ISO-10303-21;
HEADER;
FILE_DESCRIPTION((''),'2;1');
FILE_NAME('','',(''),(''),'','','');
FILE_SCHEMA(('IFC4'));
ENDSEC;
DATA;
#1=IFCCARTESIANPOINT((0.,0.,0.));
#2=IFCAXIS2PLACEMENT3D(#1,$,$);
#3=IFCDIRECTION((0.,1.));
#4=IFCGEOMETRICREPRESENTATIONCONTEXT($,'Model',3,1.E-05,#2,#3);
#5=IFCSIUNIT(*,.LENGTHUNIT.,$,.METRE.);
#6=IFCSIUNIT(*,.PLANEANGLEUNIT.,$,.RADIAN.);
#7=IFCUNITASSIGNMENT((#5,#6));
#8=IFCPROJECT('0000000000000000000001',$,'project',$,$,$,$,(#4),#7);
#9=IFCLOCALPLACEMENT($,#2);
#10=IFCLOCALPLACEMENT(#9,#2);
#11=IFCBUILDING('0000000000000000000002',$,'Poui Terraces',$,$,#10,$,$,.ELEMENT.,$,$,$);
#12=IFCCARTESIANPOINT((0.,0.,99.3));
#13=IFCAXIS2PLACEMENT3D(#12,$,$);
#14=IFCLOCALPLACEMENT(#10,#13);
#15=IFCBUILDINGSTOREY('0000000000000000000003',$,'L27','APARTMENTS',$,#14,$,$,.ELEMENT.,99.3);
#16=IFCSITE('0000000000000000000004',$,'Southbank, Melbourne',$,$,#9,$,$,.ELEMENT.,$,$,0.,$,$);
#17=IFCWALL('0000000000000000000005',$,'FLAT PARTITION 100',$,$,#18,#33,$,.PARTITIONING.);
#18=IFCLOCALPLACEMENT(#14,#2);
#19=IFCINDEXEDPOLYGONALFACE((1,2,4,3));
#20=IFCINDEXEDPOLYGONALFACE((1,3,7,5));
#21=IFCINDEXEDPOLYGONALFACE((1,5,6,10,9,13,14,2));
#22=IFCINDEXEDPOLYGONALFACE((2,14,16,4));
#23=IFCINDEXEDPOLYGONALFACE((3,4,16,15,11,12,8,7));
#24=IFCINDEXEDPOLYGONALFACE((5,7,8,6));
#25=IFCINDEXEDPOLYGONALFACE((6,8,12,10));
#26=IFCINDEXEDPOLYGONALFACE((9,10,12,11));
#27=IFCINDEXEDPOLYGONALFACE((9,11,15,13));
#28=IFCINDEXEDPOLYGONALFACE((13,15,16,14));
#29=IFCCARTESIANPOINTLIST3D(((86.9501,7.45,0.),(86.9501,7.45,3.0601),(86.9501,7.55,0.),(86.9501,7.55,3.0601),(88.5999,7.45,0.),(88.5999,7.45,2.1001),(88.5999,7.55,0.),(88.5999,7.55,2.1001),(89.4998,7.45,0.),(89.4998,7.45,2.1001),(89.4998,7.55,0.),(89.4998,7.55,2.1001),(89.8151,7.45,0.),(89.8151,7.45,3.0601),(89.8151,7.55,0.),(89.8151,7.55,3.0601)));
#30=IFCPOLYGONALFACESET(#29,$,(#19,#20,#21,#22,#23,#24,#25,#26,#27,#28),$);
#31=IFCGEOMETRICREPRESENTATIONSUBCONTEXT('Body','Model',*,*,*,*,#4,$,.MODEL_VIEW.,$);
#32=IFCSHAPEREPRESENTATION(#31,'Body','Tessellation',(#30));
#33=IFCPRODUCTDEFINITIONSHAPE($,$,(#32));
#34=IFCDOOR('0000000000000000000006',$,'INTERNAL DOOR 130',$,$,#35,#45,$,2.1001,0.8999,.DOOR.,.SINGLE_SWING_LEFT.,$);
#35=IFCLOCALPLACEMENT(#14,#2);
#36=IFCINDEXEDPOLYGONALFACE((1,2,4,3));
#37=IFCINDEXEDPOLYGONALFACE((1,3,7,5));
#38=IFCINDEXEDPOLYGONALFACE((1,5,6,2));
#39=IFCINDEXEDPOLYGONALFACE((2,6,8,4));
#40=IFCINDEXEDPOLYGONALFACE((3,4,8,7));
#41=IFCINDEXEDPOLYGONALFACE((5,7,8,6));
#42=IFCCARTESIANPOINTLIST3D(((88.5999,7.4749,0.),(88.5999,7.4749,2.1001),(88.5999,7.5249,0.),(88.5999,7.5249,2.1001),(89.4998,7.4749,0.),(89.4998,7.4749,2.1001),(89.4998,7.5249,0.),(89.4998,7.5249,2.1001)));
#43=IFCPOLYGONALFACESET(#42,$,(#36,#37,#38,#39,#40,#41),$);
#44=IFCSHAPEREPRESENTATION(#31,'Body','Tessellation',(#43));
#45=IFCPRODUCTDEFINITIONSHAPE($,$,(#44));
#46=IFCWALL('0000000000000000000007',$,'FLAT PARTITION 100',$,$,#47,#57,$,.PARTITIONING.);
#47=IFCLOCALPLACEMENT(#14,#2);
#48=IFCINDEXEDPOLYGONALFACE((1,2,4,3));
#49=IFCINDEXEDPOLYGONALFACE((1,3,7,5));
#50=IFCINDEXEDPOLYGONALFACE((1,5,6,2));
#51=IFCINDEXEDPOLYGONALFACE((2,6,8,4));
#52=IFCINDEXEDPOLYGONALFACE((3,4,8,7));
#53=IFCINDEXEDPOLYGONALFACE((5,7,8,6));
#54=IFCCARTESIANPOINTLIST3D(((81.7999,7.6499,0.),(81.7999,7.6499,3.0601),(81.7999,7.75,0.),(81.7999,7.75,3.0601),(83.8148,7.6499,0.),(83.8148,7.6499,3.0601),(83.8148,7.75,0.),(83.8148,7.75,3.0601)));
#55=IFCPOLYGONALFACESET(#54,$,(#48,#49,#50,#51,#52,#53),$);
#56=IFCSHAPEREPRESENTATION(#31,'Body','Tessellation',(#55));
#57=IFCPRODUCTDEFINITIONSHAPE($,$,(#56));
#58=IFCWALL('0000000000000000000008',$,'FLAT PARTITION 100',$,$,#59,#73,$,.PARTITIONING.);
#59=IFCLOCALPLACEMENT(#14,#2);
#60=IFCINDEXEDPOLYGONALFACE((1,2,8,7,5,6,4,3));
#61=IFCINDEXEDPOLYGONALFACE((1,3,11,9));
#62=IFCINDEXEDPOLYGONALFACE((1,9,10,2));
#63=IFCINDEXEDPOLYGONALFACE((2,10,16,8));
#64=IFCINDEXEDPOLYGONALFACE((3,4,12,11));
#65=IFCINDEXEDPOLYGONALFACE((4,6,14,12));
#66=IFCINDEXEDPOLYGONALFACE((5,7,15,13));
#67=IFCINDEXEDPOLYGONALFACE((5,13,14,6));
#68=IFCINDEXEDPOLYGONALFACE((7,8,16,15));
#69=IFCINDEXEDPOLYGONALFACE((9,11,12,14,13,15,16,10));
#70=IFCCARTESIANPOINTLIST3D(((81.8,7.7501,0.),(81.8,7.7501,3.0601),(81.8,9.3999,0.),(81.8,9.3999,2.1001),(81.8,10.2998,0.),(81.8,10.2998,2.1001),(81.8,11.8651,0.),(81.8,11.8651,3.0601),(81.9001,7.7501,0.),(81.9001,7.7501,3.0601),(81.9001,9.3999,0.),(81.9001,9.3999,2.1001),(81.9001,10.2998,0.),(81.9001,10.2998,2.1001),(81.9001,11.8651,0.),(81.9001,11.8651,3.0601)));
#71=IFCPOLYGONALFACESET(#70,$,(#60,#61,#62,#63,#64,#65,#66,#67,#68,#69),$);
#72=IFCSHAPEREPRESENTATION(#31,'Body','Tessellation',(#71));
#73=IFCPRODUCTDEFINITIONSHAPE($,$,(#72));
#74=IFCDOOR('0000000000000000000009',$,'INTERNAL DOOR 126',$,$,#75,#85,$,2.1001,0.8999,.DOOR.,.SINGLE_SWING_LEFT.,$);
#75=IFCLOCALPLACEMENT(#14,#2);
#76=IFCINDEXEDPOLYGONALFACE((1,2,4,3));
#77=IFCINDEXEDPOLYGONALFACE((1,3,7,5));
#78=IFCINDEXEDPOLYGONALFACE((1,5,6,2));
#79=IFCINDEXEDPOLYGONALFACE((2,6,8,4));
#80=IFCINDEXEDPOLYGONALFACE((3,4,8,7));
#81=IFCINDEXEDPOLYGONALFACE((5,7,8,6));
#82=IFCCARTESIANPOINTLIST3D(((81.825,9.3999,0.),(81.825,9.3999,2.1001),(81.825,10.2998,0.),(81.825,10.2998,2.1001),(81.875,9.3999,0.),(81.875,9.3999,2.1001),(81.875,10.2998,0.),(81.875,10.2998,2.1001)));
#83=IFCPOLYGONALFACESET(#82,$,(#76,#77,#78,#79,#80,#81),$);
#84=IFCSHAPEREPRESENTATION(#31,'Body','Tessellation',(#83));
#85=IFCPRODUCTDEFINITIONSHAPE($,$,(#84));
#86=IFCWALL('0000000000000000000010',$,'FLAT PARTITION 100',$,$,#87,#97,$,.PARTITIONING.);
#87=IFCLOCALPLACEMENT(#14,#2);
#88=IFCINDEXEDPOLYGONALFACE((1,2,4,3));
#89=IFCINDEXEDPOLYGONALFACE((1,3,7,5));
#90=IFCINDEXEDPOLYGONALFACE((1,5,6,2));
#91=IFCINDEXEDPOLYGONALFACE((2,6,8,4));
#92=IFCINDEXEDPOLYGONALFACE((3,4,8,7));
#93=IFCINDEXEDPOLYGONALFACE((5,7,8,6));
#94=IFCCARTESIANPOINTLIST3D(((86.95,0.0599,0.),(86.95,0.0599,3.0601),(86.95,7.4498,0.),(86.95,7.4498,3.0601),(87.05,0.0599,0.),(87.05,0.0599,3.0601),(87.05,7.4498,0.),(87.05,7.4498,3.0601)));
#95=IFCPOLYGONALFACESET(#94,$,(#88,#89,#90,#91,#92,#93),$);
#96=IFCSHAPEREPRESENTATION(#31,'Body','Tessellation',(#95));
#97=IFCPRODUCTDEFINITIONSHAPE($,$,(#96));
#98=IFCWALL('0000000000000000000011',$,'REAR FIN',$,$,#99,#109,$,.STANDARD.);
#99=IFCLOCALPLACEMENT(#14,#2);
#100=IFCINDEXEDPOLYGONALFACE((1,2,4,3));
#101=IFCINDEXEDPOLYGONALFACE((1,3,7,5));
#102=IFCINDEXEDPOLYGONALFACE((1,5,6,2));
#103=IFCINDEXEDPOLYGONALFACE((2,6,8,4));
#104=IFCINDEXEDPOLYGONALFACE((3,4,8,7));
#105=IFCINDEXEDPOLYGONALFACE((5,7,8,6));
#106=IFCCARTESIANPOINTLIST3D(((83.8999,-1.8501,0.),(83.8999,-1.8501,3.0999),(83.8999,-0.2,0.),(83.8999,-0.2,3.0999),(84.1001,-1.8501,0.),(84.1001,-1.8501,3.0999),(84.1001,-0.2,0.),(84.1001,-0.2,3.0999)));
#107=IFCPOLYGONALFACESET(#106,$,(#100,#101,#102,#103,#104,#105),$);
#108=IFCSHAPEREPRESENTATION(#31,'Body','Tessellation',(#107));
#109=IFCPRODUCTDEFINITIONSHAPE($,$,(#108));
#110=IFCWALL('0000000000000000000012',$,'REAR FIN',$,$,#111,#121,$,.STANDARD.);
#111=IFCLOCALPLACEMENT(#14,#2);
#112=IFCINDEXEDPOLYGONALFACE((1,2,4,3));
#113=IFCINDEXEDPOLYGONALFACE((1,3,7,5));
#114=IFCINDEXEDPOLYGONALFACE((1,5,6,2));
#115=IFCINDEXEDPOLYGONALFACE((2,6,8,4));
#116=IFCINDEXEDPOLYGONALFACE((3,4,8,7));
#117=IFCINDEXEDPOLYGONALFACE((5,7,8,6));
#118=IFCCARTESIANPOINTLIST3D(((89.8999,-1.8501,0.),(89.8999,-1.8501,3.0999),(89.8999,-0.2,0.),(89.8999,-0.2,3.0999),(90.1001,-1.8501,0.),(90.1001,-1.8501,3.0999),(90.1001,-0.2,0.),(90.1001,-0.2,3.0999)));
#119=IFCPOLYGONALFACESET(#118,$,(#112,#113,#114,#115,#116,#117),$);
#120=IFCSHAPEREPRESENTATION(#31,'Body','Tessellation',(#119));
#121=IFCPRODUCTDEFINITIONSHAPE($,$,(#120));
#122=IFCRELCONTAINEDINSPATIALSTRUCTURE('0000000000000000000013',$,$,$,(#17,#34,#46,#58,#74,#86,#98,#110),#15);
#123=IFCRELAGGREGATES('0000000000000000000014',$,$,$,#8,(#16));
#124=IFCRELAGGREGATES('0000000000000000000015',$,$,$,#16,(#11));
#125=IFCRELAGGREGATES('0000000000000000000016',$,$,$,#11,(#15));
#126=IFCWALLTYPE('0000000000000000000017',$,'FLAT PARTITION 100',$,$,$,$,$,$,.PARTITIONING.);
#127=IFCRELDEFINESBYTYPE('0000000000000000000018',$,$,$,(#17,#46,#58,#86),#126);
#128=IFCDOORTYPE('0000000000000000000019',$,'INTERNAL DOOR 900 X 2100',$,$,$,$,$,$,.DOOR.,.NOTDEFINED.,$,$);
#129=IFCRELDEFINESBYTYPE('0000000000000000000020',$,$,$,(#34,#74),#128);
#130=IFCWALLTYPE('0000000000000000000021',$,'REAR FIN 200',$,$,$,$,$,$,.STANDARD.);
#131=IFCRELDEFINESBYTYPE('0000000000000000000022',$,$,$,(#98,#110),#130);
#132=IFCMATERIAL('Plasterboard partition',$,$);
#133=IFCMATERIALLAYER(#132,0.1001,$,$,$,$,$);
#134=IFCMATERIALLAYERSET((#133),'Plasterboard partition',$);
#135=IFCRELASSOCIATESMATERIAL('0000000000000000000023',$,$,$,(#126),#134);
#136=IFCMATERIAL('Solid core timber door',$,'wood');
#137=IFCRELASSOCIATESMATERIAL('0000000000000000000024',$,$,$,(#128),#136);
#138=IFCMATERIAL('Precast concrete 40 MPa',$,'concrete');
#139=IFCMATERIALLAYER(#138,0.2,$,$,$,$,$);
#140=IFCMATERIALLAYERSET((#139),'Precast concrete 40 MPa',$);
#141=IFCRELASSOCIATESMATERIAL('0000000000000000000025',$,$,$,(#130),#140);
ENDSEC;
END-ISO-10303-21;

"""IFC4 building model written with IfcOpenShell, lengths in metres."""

from ifc_helpers import new_model, si_unit, direction, frame, frame_2d, origin, place, context, subcontext, project, spatial, polyline, rectangle, outline, extrude, source, transform, mapped, material, layer, layer_set, type_object, element, fill, save


model = new_model("IFC4")

# Units and contexts
model_context = context("Model", 3, precision=1e-05, world=origin(), true_north=direction((0.0, 1.0)))
body_context = subcontext(model_context, "Body", "Model", "MODEL_VIEW")
ifc_project = project(units=[si_unit("LENGTHUNIT", "METRE"), si_unit("PLANEANGLEUNIT", "RADIAN")], contexts=[model_context])

# Site, building, storey
site_placement = place(None, origin())
site = spatial("IfcSite", under=ifc_project, at=site_placement, Name="Southbank, Melbourne", CompositionType="ELEMENT", RefElevation=0.0)
building_placement = place(site_placement, origin())
building = spatial("IfcBuilding", under=site, at=building_placement, Name="Poui Terraces", CompositionType="ELEMENT")
storey_placement = place(building_placement, frame((0.0, 0.0, 99.3)))
storey = spatial("IfcBuildingStorey", under=building, at=storey_placement, Name="L27", Description="APARTMENTS", CompositionType="ELEMENT", Elevation=99.3)

# Shared definitions
ifc_material_1 = material(Name="Precast concrete 40 MPa", Category="concrete")

# Wall, opening, door
ifc_material_2 = material(Name="Plasterboard partition")
ifc_layer_1 = layer(ifc_material_2, 0.1001)
ifc_layer_set_1 = layer_set([ifc_layer_1], Name="Plasterboard partition")
wall_type_1 = type_object("IfcWallType", Name="FLAT PARTITION 100", PredefinedType="PARTITIONING", material=ifc_layer_set_1)
wall_1_placement = place(storey_placement, frame((86.95, 7.5, 0.0), z_axis=(0.0, 0.0, 1.0), x_axis=(1.0, 0.0, 0.0)))
wall_1 = element("IfcWall", 1, at=wall_1_placement, inside=storey, type_object=wall_type_1, Name="FLAT PARTITION 100", PredefinedType="PARTITIONING", context=body_context, shape_type="SweptSolid", body=[
    extrude(rectangle(XDim=2.865, YDim=0.1001, at=frame_2d((1.4326, 0.0))), origin(), (0.0, 0.0, 1.0), 3.0601),
])
opening_1_placement = place(wall_1_placement, frame((1.6499, 0.0, 0.0)))
opening_1 = element("IfcOpeningElement", 2, at=opening_1_placement, cuts=wall_1, PredefinedType="OPENING", context=body_context, shape_type="SweptSolid", body=[
    extrude(rectangle(XDim=0.8999, YDim=2.1001, at=frame_2d((0.45, 1.05))), frame((0.0, 0.0601, 0.0), z_axis=(0.0, -1.0, 0.0), x_axis=(1.0, 0.0, 0.0)), (0.0, 0.0, 1.0), 0.1201),
])
ifc_material_3 = material(Name="Solid core timber door", Category="wood")
door_type = type_object("IfcDoorType", Name="INTERNAL DOOR 900 X 2100", OperationType="NOTDEFINED", PredefinedType="DOOR", material=ifc_material_3)
door_1_placement = place(opening_1_placement, origin())
door_1 = element("IfcDoor", 3, at=door_1_placement, inside=storey, type_object=door_type, Name="INTERNAL DOOR 130", OperationType="SINGLE_SWING_LEFT", OverallHeight=2.1001, OverallWidth=0.8999, PredefinedType="DOOR", context=body_context, shape_type="SweptSolid", body=[
    extrude(rectangle(XDim=0.8999, YDim=2.1001, at=frame_2d((0.45, 1.05))), frame((0.0, 0.0249, 0.0), z_axis=(0.0, -1.0, 0.0), x_axis=(1.0, 0.0, 0.0)), (0.0, 0.0, 1.0), 0.05),
])
fill(opening_1, door_1)

# Wall
wall_2_placement = place(storey_placement, frame((81.8, 7.7, 0.0), z_axis=(0.0, 0.0, 1.0), x_axis=(1.0, 0.0, 0.0)))
element("IfcWall", 4, at=wall_2_placement, inside=storey, type_object=wall_type_1, Name="FLAT PARTITION 100", PredefinedType="PARTITIONING", context=body_context, shape_type="SweptSolid", body=[
    extrude(rectangle(XDim=2.0149, YDim=0.1001, at=frame_2d((1.0073, 0.0))), origin(), (0.0, 0.0, 1.0), 3.0601),
])

# Wall, opening, door
wall_3_placement = place(storey_placement, frame((81.8501, 7.75, 0.0), z_axis=(0.0, 0.0, 1.0), x_axis=(0.0, 1.0, 0.0)))
wall_3 = element("IfcWall", 5, at=wall_3_placement, inside=storey, type_object=wall_type_1, Name="FLAT PARTITION 100", PredefinedType="PARTITIONING", context=body_context, shape_type="SweptSolid", body=[
    extrude(rectangle(XDim=4.115, YDim=0.1001, at=frame_2d((2.0576, 0.0))), origin(), (0.0, 0.0, 1.0), 3.0601),
])
opening_2_placement = place(wall_3_placement, frame((1.6499, 0.0, 0.0)))
opening_2 = element("IfcOpeningElement", 6, at=opening_2_placement, cuts=wall_3, PredefinedType="OPENING", context=body_context, shape_type="SweptSolid", body=[
    extrude(rectangle(XDim=0.8999, YDim=2.1001, at=frame_2d((0.45, 1.05))), frame((0.0, 0.0601, 0.0), z_axis=(0.0, -1.0, 0.0), x_axis=(1.0, 0.0, 0.0)), (0.0, 0.0, 1.0), 0.1201),
])
door_2_placement = place(opening_2_placement, frame((0.8999, 0.0, 0.0), z_axis=(0.0, 0.0, 1.0), x_axis=(-1.0, 0.0, 0.0)))
door_2 = element("IfcDoor", 7, at=door_2_placement, inside=storey, type_object=door_type, Name="INTERNAL DOOR 126", OperationType="SINGLE_SWING_LEFT", OverallHeight=2.1001, OverallWidth=0.8999, PredefinedType="DOOR", context=body_context, shape_type="SweptSolid", body=[
    extrude(rectangle(XDim=0.8999, YDim=2.1001, at=frame_2d((0.45, 1.05))), frame((0.0, 0.0249, 0.0), z_axis=(0.0, -1.0, 0.0), x_axis=(1.0, 0.0, 0.0)), (0.0, 0.0, 1.0), 0.05),
])
fill(opening_2, door_2)

# Walls
wall_4_placement = place(storey_placement, frame((87.0, 0.0601, 0.0), z_axis=(0.0, 0.0, 1.0), x_axis=(0.0, 1.0, 0.0)))
element("IfcWall", 8, at=wall_4_placement, inside=storey, type_object=wall_type_1, Name="FLAT PARTITION 100", PredefinedType="PARTITIONING", context=body_context, shape_type="SweptSolid", body=[
    extrude(rectangle(XDim=7.3899, YDim=0.1001, at=frame_2d((3.6948, 0.0))), origin(), (0.0, 0.0, 1.0), 3.0601),
])
ifc_layer_2 = layer(ifc_material_1, 0.2)
ifc_layer_set_2 = layer_set([ifc_layer_2], Name="Precast concrete 40 MPa")
wall_type_2 = type_object("IfcWallType", Name="REAR FIN 200", PredefinedType="STANDARD", material=ifc_layer_set_2)
shared_shape_1 = source(origin(), body_context, "Body", "SweptSolid", [
    extrude(outline(polyline([(0.0, 0.0), (0.2002, 0.0), (0.2002, 1.6501), (0.0, 1.6501), (0.0, 0.0)])), origin(), (0.0, 0.0, 1.0), 3.0999),
])
for number, where, name in (
    (9, (83.8999, -1.8501, 0.0), "REAR FIN"),
    (10, (89.8999, -1.8501, 0.0), "REAR FIN"),
):
    element("IfcWall", number, at=place(storey_placement, frame(where)), inside=storey, type_object=wall_type_2, Name=name, PredefinedType="STANDARD", context=body_context, shape_type="MappedRepresentation", body=[
        mapped(shared_shape_1, transform((0.0, 0.0, 0.0))),
    ])

save(model, "model.ifc")
